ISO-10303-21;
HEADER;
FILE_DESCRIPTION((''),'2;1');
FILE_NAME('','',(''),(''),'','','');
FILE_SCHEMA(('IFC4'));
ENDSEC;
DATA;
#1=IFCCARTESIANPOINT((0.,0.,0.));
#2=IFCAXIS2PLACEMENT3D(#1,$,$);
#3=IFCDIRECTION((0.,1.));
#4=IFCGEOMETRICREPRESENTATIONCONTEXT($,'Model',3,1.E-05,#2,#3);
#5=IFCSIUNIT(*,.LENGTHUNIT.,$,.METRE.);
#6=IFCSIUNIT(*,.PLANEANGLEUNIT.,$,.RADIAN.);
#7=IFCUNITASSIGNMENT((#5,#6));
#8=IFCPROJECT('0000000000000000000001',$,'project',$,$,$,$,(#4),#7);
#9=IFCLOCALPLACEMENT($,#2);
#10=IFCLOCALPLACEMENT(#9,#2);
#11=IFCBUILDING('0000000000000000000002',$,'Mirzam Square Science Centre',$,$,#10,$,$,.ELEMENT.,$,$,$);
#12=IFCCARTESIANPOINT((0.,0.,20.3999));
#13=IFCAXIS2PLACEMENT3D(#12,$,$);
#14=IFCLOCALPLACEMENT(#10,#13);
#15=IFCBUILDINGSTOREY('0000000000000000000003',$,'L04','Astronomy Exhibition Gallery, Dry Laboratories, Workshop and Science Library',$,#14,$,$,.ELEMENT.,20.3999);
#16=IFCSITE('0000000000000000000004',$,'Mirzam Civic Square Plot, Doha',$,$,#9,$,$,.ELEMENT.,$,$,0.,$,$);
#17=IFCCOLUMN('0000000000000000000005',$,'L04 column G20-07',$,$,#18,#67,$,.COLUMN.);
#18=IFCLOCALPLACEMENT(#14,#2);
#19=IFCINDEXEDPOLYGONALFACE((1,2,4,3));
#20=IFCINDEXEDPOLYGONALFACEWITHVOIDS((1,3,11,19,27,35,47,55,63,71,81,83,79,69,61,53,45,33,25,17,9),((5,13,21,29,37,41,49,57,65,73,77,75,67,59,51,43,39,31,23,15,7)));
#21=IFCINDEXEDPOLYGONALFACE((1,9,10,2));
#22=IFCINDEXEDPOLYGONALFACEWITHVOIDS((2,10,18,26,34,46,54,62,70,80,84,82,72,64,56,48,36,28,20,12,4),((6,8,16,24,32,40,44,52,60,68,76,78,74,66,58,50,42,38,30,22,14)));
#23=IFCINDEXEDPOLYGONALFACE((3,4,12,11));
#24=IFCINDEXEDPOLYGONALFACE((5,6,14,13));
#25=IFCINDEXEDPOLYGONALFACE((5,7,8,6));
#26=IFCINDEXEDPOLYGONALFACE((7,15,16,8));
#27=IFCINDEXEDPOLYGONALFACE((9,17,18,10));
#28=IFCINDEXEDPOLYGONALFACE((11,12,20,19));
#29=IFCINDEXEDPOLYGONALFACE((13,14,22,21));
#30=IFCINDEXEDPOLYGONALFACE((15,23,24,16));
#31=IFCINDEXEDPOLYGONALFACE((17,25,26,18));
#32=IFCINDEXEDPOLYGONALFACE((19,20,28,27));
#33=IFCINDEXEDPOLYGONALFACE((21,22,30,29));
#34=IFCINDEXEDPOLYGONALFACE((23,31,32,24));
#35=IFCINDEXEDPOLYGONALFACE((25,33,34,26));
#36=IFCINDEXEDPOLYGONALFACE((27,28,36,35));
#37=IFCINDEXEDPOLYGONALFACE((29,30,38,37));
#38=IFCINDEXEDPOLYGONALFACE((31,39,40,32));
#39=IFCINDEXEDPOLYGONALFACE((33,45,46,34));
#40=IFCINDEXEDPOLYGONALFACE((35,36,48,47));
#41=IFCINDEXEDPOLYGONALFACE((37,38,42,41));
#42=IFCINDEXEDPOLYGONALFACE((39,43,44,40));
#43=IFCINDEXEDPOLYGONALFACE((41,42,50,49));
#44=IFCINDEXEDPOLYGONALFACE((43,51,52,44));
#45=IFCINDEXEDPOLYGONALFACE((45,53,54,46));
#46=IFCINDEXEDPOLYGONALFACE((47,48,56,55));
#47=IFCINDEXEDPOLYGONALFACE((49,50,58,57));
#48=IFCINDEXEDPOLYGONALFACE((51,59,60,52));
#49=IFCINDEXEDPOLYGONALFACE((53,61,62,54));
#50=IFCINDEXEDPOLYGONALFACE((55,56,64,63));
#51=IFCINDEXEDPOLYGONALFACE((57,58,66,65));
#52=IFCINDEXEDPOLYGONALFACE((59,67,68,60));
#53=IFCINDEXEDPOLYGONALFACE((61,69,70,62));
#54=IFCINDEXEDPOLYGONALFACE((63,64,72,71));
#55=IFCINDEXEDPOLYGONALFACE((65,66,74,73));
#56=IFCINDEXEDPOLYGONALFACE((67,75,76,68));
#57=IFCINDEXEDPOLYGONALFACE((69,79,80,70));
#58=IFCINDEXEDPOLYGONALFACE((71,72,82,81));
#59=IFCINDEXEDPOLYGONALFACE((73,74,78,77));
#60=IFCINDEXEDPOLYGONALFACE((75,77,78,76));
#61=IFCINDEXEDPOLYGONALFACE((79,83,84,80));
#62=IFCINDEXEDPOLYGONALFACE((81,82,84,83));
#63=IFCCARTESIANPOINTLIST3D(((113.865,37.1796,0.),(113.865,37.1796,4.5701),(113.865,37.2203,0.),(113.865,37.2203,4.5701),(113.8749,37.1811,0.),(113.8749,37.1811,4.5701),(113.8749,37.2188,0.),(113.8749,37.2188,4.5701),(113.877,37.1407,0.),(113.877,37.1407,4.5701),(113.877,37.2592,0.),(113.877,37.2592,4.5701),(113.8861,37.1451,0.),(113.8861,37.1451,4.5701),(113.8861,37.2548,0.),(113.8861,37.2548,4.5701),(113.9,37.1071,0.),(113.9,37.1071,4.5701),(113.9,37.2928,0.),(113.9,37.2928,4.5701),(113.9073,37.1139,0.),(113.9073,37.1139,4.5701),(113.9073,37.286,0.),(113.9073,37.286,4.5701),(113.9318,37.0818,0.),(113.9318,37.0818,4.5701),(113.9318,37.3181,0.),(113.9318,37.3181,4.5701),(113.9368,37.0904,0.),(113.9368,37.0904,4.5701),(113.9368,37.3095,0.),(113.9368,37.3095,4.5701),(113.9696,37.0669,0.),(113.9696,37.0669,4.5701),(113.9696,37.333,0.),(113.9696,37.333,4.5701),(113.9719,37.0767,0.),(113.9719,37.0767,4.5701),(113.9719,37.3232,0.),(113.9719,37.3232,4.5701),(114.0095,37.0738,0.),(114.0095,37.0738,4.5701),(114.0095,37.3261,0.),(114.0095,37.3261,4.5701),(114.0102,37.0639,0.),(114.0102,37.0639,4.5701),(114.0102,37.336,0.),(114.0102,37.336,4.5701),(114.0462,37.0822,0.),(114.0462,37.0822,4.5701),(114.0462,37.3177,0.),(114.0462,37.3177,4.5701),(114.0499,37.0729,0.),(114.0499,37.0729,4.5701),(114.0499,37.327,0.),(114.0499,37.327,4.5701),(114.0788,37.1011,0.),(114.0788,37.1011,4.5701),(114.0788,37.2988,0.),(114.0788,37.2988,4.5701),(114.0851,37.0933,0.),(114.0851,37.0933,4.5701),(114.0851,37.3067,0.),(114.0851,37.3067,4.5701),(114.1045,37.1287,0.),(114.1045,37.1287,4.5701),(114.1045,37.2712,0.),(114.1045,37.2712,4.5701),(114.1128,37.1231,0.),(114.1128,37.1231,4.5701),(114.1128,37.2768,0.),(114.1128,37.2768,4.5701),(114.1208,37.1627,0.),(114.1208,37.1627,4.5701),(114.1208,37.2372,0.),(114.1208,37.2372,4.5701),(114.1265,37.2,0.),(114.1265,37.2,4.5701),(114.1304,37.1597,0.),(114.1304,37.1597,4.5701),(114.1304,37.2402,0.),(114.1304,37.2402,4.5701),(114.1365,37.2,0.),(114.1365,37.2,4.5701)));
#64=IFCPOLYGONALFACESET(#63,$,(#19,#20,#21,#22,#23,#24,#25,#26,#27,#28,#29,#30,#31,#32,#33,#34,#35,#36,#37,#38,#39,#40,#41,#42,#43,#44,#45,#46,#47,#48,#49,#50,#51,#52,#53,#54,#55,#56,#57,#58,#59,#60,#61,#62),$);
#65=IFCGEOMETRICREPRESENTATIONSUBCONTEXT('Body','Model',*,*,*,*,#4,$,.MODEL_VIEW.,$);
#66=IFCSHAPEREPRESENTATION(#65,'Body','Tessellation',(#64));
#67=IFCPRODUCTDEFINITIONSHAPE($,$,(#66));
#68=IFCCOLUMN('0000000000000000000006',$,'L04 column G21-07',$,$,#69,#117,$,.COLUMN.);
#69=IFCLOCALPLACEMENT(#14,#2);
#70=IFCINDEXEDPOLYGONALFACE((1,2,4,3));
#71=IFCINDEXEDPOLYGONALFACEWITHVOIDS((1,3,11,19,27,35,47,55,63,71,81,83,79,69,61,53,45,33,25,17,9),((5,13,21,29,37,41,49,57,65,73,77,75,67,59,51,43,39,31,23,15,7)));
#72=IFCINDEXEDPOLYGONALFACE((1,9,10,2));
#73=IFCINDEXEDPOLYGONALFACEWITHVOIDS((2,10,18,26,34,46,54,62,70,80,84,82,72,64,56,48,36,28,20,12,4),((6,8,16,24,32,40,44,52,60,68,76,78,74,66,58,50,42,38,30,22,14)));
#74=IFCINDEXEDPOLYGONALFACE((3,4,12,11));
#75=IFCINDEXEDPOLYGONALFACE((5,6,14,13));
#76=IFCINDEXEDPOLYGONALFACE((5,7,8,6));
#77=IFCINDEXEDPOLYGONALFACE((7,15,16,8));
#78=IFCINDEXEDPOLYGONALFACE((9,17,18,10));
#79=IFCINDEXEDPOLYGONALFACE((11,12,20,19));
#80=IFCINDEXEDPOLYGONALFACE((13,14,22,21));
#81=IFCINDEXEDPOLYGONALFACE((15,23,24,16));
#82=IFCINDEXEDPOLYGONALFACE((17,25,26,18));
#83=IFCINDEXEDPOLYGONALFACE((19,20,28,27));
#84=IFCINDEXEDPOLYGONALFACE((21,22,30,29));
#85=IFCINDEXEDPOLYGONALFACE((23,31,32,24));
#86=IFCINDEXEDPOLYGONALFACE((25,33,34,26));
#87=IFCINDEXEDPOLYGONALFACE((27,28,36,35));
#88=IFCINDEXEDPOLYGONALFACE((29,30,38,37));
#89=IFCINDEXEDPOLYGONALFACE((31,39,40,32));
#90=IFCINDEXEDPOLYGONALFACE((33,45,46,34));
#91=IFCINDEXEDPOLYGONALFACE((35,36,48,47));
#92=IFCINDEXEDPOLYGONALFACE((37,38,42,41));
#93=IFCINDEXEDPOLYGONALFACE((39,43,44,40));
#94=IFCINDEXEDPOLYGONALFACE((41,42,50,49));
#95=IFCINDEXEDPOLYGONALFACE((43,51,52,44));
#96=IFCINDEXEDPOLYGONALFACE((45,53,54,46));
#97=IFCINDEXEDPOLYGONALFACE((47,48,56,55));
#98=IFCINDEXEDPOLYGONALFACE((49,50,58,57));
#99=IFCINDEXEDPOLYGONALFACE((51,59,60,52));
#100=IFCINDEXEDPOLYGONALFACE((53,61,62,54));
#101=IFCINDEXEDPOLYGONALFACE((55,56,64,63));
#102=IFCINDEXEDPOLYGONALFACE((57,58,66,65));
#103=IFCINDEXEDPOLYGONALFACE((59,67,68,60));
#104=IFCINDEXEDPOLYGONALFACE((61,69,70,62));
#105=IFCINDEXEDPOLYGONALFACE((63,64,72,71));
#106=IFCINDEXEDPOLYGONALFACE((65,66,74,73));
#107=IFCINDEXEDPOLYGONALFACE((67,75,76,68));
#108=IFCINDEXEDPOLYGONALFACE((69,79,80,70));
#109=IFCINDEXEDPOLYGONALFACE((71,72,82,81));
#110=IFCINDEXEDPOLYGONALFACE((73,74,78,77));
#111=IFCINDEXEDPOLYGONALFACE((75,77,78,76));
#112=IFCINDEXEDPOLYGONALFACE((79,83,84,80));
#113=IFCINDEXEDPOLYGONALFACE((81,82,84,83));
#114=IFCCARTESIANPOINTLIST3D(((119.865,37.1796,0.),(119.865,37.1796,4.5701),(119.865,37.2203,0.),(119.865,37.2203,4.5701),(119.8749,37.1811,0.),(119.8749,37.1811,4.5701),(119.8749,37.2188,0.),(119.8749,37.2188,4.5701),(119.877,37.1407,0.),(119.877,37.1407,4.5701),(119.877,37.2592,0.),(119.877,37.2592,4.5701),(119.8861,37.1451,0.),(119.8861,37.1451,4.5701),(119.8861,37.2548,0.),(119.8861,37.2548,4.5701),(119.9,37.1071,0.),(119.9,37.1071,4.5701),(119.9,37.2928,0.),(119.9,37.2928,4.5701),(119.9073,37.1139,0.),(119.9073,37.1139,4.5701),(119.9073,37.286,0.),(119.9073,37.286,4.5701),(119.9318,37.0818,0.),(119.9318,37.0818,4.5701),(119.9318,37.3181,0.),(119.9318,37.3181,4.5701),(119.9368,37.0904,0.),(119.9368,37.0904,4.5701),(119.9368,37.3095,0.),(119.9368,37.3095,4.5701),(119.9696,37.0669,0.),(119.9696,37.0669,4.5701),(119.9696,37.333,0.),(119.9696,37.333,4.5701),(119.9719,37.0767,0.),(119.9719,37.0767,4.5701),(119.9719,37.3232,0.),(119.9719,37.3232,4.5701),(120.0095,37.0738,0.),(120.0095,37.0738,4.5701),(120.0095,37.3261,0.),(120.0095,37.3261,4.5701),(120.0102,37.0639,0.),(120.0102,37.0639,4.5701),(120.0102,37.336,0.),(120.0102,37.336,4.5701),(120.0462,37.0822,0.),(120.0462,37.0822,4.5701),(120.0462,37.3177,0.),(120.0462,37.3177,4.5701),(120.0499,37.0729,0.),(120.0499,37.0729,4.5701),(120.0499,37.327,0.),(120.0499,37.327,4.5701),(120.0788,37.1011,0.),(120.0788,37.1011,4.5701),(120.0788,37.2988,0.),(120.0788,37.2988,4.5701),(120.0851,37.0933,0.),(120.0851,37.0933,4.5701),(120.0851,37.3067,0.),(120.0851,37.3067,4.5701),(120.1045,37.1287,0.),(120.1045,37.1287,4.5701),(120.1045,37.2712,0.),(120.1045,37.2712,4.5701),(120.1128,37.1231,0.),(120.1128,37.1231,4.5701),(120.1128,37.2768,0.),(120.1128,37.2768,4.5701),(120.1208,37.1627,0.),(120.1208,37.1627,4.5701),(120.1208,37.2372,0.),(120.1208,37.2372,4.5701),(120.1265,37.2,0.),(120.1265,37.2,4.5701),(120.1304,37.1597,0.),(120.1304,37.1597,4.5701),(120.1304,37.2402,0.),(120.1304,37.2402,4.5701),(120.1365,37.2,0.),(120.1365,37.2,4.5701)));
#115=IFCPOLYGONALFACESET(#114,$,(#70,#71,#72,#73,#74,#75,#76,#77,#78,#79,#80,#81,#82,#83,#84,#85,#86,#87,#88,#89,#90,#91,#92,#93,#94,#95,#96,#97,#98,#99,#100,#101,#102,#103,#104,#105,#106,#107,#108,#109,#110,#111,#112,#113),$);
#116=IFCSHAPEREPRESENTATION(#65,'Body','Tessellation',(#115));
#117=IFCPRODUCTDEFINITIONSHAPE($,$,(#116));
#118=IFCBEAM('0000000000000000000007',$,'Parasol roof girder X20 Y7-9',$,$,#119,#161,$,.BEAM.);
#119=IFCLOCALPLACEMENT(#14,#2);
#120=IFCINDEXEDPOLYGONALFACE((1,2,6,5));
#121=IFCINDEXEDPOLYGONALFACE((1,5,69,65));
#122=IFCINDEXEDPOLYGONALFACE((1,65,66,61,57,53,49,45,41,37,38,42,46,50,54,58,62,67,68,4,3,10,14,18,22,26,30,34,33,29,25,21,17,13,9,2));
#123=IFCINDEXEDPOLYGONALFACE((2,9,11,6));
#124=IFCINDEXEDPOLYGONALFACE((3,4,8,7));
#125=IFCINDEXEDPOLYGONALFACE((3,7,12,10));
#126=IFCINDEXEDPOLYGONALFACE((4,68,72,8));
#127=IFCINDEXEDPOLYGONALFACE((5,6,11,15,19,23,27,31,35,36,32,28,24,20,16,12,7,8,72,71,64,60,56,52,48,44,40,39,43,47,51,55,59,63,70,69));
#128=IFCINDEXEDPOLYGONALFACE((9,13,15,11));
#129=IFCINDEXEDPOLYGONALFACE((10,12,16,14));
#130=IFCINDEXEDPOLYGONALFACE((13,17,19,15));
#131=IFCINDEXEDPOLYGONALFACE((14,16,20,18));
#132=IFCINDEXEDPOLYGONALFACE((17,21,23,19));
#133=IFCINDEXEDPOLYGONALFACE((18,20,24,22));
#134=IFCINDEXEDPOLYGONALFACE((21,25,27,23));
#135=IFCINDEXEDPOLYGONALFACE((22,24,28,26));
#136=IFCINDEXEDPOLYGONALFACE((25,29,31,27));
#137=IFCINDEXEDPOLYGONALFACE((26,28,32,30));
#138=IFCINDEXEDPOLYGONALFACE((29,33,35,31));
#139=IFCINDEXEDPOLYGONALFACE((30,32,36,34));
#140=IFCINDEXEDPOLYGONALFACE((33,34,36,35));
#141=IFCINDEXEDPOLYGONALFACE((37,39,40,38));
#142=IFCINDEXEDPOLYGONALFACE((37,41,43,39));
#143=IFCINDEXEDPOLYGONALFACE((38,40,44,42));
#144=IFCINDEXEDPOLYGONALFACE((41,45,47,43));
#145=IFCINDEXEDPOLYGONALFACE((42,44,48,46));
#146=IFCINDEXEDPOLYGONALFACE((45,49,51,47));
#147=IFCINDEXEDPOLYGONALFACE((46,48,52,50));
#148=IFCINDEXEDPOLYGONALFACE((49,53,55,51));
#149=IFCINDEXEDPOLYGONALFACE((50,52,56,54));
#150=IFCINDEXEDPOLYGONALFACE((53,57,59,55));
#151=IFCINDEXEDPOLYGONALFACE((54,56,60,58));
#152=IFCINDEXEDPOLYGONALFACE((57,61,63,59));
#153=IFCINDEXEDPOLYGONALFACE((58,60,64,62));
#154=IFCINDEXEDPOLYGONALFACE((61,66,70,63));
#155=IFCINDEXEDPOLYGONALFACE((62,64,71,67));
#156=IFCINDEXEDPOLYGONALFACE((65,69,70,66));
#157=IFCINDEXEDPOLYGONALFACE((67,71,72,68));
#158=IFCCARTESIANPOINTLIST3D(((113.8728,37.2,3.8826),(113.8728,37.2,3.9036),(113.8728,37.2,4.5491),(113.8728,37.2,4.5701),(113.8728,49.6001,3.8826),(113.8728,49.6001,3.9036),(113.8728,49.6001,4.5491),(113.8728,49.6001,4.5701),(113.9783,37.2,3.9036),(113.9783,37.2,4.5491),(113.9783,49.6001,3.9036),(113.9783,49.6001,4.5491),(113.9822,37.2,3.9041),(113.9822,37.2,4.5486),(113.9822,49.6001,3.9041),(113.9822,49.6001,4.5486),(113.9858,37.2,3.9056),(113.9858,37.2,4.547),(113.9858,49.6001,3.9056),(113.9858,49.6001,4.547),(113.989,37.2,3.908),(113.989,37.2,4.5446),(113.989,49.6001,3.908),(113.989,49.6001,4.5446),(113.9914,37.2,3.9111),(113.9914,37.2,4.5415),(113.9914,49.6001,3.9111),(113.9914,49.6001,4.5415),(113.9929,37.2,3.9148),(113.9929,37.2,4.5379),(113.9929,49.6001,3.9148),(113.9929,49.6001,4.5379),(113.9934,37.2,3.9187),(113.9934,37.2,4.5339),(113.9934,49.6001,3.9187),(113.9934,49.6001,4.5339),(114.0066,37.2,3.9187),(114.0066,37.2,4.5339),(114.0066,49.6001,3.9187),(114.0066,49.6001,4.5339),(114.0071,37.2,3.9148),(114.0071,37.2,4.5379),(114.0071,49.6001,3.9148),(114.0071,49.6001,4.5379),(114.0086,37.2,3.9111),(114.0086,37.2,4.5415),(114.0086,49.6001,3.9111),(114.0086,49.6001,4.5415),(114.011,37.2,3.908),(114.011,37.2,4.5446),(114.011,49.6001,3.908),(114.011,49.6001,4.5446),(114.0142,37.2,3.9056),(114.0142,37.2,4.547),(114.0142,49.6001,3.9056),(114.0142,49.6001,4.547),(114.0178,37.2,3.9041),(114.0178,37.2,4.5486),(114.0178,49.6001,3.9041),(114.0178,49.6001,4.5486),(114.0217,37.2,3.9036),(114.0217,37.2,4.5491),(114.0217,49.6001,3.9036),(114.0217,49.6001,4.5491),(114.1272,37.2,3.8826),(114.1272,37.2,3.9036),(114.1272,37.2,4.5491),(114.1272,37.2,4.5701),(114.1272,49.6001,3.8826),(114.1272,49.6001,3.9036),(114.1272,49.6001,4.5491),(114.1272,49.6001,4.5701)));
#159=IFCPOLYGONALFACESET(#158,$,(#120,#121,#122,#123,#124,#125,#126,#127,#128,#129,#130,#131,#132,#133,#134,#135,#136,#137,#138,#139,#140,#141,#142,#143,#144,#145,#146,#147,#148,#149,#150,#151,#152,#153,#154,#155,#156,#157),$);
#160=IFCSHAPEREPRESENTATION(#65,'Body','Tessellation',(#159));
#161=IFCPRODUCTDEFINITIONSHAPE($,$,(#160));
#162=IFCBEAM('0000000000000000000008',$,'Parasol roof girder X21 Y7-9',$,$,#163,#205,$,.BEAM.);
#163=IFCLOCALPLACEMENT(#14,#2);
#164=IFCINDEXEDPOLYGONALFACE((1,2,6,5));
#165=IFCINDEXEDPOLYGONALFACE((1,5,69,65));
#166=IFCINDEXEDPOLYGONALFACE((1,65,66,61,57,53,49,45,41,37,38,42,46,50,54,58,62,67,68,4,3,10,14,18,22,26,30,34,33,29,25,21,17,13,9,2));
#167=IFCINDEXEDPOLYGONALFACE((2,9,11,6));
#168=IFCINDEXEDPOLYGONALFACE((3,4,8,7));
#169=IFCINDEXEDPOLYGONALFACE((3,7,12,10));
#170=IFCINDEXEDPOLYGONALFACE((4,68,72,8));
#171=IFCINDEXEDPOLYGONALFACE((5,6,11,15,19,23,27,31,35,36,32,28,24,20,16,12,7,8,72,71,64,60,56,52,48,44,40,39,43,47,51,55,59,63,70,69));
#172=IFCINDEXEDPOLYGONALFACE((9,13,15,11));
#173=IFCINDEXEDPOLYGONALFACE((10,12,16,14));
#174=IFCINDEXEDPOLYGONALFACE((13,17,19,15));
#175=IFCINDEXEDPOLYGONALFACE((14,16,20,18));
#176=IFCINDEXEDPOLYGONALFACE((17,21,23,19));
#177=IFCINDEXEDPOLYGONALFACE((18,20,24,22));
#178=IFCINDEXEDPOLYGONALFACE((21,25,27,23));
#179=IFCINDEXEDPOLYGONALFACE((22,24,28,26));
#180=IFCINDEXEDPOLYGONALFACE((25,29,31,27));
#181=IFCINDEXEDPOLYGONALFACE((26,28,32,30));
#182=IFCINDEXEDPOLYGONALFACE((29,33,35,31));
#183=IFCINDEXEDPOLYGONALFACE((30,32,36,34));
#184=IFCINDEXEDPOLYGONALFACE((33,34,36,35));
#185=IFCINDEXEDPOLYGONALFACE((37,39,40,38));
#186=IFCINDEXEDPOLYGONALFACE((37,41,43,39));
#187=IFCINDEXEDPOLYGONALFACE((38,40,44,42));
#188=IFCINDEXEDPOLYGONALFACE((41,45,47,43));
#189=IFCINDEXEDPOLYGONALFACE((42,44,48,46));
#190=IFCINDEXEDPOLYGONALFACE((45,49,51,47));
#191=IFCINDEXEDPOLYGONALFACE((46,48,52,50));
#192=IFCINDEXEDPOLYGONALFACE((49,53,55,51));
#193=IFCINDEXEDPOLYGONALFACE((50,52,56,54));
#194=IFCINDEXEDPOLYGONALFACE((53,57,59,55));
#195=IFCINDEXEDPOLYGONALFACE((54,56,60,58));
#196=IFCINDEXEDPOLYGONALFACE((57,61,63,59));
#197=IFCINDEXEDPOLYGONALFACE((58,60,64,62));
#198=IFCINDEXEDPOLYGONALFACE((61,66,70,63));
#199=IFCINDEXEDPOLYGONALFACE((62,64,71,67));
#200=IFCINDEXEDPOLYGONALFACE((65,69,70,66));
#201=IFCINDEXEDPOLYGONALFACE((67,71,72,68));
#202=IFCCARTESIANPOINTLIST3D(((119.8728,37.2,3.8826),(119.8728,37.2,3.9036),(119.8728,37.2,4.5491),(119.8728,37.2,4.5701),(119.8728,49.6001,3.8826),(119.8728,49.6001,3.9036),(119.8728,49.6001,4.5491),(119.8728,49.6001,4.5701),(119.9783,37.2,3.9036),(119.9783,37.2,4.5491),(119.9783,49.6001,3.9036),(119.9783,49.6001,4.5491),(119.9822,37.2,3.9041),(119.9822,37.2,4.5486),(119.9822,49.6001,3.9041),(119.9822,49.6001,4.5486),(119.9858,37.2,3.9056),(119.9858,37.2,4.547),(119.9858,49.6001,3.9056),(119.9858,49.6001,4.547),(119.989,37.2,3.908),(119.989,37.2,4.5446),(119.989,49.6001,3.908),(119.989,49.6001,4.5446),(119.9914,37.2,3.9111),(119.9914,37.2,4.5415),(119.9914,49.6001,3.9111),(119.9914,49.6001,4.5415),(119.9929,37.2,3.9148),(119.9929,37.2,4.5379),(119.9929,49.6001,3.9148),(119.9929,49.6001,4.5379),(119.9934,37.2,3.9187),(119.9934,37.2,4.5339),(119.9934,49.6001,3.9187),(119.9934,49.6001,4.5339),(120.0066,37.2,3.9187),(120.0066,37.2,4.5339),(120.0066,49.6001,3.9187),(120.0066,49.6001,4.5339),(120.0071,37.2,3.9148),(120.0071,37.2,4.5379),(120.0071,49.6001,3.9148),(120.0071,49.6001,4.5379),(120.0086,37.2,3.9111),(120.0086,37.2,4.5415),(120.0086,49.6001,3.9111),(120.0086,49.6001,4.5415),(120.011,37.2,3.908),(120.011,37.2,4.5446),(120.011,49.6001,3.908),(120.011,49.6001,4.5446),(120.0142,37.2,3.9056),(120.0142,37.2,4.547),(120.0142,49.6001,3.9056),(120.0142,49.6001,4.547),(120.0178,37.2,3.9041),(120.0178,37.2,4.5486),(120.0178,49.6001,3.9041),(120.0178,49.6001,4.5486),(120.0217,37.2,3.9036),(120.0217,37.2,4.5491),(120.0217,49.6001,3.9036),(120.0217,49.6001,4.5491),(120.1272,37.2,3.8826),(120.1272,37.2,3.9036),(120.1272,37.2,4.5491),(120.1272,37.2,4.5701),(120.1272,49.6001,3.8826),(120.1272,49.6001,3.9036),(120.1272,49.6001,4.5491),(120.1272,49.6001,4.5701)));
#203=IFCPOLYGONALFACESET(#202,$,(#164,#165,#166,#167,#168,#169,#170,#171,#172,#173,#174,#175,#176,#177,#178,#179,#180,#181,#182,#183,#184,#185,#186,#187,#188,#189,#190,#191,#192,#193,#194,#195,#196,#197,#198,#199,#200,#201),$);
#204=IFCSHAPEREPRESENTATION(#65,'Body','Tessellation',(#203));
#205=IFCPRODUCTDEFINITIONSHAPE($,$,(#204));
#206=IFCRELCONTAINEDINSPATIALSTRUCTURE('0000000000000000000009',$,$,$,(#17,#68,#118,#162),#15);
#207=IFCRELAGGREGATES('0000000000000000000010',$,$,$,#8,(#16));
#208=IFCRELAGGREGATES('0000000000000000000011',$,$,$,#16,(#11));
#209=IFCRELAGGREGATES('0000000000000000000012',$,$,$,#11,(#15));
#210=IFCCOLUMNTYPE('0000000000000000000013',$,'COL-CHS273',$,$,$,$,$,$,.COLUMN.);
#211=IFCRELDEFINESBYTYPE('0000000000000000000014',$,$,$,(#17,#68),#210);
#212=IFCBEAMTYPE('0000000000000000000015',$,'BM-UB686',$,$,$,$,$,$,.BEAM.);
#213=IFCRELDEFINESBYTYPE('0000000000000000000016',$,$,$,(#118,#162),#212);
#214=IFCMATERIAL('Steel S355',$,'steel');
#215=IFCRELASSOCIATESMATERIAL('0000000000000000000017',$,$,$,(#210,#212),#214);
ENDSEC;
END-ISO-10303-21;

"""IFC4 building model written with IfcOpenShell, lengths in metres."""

from ifc_helpers import new_model, si_unit, direction, frame, origin, origin_2d, place, context, subcontext, project, spatial, hollow_circle, i_section, extrude, material, material_profile, profile_set, type_object, element, save


model = new_model("IFC4")

# Units and contexts
model_context = context("Model", 3, precision=1e-05, world=origin(), true_north=direction((0.0, 1.0)))
body_context = subcontext(model_context, "Body", "Model", "MODEL_VIEW")
ifc_project = project(units=[si_unit("LENGTHUNIT", "METRE"), si_unit("PLANEANGLEUNIT", "RADIAN")], contexts=[model_context])

# Site, building, storey
site_placement = place(None, origin())
site = spatial("IfcSite", under=ifc_project, at=site_placement, Name="Mirzam Civic Square Plot, Doha", CompositionType="ELEMENT", RefElevation=0.0)
building_placement = place(site_placement, origin())
building = spatial("IfcBuilding", under=site, at=building_placement, Name="Mirzam Square Science Centre", CompositionType="ELEMENT")
storey_placement = place(building_placement, frame((0.0, 0.0, 20.3999)))
storey = spatial("IfcBuildingStorey", under=building, at=storey_placement, Name="L04", Description="Astronomy Exhibition Gallery, Dry Laboratories, Workshop and Science Library", CompositionType="ELEMENT", Elevation=20.3999)

# Columns
ifc_material_1 = material(Name="Steel S355", Category="steel")
ifc_material_profile_1 = material_profile(ifc_material_1, hollow_circle(Radius=0.1365, WallThickness=0.01, at=origin_2d()), Name="273.0x10.0CHS")
ifc_profile_set_1 = profile_set([ifc_material_profile_1], Name="Steel S355")
column_type = type_object("IfcColumnType", Name="COL-CHS273", PredefinedType="COLUMN", material=ifc_profile_set_1)
for number, where, z_axis, x_axis, name in (
    (1, (114.0, 37.2, 0.0), (0.0, 0.0, 1.0), (1.0, 0.0, 0.0), "L04 column G20-07"),
    (2, (120.0, 37.2, 0.0), (0.0, 0.0, 1.0), (1.0, 0.0, 0.0), "L04 column G21-07"),
):
    element("IfcColumn", number, at=place(storey_placement, frame(where, z_axis=z_axis, x_axis=x_axis)), inside=storey, type_object=column_type, Name=name, PredefinedType="COLUMN", context=body_context, shape_type="SweptSolid", body=[
        extrude(hollow_circle(Radius=0.1365, WallThickness=0.01, at=origin_2d()), origin(), (0.0, 0.0, 1.0), 4.5701),
    ])

# Beams
ifc_material_profile_2 = material_profile(ifc_material_1, i_section(OverallWidth=0.2544, OverallDepth=0.6875, WebThickness=0.0132, FlangeThickness=0.021, FilletRadius=0.0151, at=origin_2d()), Name="686x254x152UB")
ifc_profile_set_2 = profile_set([ifc_material_profile_2], Name="Steel S355")
beam_type_1 = type_object("IfcBeamType", Name="BM-UB686", PredefinedType="BEAM", material=ifc_profile_set_2)
for number, where, z_axis, x_axis, name in (
    (3, (114.0, 37.2, 4.2263), (0.0, 1.0, 0.0), (-1.0, 0.0, 0.0), "Parasol roof girder X20 Y7-9"),
    (4, (120.0, 37.2, 4.2263), (0.0, 1.0, 0.0), (-1.0, 0.0, 0.0), "Parasol roof girder X21 Y7-9"),
):
    element("IfcBeam", number, at=place(storey_placement, frame(where, z_axis=z_axis, x_axis=x_axis)), inside=storey, type_object=beam_type_1, Name=name, PredefinedType="BEAM", context=body_context, shape_type="SweptSolid", body=[
        extrude(i_section(OverallWidth=0.2544, OverallDepth=0.6875, WebThickness=0.0132, FlangeThickness=0.021, FilletRadius=0.0151, at=origin_2d()), origin(), (0.0, 0.0, 1.0), 12.4001),
    ])

save(model, "model.ifc")
